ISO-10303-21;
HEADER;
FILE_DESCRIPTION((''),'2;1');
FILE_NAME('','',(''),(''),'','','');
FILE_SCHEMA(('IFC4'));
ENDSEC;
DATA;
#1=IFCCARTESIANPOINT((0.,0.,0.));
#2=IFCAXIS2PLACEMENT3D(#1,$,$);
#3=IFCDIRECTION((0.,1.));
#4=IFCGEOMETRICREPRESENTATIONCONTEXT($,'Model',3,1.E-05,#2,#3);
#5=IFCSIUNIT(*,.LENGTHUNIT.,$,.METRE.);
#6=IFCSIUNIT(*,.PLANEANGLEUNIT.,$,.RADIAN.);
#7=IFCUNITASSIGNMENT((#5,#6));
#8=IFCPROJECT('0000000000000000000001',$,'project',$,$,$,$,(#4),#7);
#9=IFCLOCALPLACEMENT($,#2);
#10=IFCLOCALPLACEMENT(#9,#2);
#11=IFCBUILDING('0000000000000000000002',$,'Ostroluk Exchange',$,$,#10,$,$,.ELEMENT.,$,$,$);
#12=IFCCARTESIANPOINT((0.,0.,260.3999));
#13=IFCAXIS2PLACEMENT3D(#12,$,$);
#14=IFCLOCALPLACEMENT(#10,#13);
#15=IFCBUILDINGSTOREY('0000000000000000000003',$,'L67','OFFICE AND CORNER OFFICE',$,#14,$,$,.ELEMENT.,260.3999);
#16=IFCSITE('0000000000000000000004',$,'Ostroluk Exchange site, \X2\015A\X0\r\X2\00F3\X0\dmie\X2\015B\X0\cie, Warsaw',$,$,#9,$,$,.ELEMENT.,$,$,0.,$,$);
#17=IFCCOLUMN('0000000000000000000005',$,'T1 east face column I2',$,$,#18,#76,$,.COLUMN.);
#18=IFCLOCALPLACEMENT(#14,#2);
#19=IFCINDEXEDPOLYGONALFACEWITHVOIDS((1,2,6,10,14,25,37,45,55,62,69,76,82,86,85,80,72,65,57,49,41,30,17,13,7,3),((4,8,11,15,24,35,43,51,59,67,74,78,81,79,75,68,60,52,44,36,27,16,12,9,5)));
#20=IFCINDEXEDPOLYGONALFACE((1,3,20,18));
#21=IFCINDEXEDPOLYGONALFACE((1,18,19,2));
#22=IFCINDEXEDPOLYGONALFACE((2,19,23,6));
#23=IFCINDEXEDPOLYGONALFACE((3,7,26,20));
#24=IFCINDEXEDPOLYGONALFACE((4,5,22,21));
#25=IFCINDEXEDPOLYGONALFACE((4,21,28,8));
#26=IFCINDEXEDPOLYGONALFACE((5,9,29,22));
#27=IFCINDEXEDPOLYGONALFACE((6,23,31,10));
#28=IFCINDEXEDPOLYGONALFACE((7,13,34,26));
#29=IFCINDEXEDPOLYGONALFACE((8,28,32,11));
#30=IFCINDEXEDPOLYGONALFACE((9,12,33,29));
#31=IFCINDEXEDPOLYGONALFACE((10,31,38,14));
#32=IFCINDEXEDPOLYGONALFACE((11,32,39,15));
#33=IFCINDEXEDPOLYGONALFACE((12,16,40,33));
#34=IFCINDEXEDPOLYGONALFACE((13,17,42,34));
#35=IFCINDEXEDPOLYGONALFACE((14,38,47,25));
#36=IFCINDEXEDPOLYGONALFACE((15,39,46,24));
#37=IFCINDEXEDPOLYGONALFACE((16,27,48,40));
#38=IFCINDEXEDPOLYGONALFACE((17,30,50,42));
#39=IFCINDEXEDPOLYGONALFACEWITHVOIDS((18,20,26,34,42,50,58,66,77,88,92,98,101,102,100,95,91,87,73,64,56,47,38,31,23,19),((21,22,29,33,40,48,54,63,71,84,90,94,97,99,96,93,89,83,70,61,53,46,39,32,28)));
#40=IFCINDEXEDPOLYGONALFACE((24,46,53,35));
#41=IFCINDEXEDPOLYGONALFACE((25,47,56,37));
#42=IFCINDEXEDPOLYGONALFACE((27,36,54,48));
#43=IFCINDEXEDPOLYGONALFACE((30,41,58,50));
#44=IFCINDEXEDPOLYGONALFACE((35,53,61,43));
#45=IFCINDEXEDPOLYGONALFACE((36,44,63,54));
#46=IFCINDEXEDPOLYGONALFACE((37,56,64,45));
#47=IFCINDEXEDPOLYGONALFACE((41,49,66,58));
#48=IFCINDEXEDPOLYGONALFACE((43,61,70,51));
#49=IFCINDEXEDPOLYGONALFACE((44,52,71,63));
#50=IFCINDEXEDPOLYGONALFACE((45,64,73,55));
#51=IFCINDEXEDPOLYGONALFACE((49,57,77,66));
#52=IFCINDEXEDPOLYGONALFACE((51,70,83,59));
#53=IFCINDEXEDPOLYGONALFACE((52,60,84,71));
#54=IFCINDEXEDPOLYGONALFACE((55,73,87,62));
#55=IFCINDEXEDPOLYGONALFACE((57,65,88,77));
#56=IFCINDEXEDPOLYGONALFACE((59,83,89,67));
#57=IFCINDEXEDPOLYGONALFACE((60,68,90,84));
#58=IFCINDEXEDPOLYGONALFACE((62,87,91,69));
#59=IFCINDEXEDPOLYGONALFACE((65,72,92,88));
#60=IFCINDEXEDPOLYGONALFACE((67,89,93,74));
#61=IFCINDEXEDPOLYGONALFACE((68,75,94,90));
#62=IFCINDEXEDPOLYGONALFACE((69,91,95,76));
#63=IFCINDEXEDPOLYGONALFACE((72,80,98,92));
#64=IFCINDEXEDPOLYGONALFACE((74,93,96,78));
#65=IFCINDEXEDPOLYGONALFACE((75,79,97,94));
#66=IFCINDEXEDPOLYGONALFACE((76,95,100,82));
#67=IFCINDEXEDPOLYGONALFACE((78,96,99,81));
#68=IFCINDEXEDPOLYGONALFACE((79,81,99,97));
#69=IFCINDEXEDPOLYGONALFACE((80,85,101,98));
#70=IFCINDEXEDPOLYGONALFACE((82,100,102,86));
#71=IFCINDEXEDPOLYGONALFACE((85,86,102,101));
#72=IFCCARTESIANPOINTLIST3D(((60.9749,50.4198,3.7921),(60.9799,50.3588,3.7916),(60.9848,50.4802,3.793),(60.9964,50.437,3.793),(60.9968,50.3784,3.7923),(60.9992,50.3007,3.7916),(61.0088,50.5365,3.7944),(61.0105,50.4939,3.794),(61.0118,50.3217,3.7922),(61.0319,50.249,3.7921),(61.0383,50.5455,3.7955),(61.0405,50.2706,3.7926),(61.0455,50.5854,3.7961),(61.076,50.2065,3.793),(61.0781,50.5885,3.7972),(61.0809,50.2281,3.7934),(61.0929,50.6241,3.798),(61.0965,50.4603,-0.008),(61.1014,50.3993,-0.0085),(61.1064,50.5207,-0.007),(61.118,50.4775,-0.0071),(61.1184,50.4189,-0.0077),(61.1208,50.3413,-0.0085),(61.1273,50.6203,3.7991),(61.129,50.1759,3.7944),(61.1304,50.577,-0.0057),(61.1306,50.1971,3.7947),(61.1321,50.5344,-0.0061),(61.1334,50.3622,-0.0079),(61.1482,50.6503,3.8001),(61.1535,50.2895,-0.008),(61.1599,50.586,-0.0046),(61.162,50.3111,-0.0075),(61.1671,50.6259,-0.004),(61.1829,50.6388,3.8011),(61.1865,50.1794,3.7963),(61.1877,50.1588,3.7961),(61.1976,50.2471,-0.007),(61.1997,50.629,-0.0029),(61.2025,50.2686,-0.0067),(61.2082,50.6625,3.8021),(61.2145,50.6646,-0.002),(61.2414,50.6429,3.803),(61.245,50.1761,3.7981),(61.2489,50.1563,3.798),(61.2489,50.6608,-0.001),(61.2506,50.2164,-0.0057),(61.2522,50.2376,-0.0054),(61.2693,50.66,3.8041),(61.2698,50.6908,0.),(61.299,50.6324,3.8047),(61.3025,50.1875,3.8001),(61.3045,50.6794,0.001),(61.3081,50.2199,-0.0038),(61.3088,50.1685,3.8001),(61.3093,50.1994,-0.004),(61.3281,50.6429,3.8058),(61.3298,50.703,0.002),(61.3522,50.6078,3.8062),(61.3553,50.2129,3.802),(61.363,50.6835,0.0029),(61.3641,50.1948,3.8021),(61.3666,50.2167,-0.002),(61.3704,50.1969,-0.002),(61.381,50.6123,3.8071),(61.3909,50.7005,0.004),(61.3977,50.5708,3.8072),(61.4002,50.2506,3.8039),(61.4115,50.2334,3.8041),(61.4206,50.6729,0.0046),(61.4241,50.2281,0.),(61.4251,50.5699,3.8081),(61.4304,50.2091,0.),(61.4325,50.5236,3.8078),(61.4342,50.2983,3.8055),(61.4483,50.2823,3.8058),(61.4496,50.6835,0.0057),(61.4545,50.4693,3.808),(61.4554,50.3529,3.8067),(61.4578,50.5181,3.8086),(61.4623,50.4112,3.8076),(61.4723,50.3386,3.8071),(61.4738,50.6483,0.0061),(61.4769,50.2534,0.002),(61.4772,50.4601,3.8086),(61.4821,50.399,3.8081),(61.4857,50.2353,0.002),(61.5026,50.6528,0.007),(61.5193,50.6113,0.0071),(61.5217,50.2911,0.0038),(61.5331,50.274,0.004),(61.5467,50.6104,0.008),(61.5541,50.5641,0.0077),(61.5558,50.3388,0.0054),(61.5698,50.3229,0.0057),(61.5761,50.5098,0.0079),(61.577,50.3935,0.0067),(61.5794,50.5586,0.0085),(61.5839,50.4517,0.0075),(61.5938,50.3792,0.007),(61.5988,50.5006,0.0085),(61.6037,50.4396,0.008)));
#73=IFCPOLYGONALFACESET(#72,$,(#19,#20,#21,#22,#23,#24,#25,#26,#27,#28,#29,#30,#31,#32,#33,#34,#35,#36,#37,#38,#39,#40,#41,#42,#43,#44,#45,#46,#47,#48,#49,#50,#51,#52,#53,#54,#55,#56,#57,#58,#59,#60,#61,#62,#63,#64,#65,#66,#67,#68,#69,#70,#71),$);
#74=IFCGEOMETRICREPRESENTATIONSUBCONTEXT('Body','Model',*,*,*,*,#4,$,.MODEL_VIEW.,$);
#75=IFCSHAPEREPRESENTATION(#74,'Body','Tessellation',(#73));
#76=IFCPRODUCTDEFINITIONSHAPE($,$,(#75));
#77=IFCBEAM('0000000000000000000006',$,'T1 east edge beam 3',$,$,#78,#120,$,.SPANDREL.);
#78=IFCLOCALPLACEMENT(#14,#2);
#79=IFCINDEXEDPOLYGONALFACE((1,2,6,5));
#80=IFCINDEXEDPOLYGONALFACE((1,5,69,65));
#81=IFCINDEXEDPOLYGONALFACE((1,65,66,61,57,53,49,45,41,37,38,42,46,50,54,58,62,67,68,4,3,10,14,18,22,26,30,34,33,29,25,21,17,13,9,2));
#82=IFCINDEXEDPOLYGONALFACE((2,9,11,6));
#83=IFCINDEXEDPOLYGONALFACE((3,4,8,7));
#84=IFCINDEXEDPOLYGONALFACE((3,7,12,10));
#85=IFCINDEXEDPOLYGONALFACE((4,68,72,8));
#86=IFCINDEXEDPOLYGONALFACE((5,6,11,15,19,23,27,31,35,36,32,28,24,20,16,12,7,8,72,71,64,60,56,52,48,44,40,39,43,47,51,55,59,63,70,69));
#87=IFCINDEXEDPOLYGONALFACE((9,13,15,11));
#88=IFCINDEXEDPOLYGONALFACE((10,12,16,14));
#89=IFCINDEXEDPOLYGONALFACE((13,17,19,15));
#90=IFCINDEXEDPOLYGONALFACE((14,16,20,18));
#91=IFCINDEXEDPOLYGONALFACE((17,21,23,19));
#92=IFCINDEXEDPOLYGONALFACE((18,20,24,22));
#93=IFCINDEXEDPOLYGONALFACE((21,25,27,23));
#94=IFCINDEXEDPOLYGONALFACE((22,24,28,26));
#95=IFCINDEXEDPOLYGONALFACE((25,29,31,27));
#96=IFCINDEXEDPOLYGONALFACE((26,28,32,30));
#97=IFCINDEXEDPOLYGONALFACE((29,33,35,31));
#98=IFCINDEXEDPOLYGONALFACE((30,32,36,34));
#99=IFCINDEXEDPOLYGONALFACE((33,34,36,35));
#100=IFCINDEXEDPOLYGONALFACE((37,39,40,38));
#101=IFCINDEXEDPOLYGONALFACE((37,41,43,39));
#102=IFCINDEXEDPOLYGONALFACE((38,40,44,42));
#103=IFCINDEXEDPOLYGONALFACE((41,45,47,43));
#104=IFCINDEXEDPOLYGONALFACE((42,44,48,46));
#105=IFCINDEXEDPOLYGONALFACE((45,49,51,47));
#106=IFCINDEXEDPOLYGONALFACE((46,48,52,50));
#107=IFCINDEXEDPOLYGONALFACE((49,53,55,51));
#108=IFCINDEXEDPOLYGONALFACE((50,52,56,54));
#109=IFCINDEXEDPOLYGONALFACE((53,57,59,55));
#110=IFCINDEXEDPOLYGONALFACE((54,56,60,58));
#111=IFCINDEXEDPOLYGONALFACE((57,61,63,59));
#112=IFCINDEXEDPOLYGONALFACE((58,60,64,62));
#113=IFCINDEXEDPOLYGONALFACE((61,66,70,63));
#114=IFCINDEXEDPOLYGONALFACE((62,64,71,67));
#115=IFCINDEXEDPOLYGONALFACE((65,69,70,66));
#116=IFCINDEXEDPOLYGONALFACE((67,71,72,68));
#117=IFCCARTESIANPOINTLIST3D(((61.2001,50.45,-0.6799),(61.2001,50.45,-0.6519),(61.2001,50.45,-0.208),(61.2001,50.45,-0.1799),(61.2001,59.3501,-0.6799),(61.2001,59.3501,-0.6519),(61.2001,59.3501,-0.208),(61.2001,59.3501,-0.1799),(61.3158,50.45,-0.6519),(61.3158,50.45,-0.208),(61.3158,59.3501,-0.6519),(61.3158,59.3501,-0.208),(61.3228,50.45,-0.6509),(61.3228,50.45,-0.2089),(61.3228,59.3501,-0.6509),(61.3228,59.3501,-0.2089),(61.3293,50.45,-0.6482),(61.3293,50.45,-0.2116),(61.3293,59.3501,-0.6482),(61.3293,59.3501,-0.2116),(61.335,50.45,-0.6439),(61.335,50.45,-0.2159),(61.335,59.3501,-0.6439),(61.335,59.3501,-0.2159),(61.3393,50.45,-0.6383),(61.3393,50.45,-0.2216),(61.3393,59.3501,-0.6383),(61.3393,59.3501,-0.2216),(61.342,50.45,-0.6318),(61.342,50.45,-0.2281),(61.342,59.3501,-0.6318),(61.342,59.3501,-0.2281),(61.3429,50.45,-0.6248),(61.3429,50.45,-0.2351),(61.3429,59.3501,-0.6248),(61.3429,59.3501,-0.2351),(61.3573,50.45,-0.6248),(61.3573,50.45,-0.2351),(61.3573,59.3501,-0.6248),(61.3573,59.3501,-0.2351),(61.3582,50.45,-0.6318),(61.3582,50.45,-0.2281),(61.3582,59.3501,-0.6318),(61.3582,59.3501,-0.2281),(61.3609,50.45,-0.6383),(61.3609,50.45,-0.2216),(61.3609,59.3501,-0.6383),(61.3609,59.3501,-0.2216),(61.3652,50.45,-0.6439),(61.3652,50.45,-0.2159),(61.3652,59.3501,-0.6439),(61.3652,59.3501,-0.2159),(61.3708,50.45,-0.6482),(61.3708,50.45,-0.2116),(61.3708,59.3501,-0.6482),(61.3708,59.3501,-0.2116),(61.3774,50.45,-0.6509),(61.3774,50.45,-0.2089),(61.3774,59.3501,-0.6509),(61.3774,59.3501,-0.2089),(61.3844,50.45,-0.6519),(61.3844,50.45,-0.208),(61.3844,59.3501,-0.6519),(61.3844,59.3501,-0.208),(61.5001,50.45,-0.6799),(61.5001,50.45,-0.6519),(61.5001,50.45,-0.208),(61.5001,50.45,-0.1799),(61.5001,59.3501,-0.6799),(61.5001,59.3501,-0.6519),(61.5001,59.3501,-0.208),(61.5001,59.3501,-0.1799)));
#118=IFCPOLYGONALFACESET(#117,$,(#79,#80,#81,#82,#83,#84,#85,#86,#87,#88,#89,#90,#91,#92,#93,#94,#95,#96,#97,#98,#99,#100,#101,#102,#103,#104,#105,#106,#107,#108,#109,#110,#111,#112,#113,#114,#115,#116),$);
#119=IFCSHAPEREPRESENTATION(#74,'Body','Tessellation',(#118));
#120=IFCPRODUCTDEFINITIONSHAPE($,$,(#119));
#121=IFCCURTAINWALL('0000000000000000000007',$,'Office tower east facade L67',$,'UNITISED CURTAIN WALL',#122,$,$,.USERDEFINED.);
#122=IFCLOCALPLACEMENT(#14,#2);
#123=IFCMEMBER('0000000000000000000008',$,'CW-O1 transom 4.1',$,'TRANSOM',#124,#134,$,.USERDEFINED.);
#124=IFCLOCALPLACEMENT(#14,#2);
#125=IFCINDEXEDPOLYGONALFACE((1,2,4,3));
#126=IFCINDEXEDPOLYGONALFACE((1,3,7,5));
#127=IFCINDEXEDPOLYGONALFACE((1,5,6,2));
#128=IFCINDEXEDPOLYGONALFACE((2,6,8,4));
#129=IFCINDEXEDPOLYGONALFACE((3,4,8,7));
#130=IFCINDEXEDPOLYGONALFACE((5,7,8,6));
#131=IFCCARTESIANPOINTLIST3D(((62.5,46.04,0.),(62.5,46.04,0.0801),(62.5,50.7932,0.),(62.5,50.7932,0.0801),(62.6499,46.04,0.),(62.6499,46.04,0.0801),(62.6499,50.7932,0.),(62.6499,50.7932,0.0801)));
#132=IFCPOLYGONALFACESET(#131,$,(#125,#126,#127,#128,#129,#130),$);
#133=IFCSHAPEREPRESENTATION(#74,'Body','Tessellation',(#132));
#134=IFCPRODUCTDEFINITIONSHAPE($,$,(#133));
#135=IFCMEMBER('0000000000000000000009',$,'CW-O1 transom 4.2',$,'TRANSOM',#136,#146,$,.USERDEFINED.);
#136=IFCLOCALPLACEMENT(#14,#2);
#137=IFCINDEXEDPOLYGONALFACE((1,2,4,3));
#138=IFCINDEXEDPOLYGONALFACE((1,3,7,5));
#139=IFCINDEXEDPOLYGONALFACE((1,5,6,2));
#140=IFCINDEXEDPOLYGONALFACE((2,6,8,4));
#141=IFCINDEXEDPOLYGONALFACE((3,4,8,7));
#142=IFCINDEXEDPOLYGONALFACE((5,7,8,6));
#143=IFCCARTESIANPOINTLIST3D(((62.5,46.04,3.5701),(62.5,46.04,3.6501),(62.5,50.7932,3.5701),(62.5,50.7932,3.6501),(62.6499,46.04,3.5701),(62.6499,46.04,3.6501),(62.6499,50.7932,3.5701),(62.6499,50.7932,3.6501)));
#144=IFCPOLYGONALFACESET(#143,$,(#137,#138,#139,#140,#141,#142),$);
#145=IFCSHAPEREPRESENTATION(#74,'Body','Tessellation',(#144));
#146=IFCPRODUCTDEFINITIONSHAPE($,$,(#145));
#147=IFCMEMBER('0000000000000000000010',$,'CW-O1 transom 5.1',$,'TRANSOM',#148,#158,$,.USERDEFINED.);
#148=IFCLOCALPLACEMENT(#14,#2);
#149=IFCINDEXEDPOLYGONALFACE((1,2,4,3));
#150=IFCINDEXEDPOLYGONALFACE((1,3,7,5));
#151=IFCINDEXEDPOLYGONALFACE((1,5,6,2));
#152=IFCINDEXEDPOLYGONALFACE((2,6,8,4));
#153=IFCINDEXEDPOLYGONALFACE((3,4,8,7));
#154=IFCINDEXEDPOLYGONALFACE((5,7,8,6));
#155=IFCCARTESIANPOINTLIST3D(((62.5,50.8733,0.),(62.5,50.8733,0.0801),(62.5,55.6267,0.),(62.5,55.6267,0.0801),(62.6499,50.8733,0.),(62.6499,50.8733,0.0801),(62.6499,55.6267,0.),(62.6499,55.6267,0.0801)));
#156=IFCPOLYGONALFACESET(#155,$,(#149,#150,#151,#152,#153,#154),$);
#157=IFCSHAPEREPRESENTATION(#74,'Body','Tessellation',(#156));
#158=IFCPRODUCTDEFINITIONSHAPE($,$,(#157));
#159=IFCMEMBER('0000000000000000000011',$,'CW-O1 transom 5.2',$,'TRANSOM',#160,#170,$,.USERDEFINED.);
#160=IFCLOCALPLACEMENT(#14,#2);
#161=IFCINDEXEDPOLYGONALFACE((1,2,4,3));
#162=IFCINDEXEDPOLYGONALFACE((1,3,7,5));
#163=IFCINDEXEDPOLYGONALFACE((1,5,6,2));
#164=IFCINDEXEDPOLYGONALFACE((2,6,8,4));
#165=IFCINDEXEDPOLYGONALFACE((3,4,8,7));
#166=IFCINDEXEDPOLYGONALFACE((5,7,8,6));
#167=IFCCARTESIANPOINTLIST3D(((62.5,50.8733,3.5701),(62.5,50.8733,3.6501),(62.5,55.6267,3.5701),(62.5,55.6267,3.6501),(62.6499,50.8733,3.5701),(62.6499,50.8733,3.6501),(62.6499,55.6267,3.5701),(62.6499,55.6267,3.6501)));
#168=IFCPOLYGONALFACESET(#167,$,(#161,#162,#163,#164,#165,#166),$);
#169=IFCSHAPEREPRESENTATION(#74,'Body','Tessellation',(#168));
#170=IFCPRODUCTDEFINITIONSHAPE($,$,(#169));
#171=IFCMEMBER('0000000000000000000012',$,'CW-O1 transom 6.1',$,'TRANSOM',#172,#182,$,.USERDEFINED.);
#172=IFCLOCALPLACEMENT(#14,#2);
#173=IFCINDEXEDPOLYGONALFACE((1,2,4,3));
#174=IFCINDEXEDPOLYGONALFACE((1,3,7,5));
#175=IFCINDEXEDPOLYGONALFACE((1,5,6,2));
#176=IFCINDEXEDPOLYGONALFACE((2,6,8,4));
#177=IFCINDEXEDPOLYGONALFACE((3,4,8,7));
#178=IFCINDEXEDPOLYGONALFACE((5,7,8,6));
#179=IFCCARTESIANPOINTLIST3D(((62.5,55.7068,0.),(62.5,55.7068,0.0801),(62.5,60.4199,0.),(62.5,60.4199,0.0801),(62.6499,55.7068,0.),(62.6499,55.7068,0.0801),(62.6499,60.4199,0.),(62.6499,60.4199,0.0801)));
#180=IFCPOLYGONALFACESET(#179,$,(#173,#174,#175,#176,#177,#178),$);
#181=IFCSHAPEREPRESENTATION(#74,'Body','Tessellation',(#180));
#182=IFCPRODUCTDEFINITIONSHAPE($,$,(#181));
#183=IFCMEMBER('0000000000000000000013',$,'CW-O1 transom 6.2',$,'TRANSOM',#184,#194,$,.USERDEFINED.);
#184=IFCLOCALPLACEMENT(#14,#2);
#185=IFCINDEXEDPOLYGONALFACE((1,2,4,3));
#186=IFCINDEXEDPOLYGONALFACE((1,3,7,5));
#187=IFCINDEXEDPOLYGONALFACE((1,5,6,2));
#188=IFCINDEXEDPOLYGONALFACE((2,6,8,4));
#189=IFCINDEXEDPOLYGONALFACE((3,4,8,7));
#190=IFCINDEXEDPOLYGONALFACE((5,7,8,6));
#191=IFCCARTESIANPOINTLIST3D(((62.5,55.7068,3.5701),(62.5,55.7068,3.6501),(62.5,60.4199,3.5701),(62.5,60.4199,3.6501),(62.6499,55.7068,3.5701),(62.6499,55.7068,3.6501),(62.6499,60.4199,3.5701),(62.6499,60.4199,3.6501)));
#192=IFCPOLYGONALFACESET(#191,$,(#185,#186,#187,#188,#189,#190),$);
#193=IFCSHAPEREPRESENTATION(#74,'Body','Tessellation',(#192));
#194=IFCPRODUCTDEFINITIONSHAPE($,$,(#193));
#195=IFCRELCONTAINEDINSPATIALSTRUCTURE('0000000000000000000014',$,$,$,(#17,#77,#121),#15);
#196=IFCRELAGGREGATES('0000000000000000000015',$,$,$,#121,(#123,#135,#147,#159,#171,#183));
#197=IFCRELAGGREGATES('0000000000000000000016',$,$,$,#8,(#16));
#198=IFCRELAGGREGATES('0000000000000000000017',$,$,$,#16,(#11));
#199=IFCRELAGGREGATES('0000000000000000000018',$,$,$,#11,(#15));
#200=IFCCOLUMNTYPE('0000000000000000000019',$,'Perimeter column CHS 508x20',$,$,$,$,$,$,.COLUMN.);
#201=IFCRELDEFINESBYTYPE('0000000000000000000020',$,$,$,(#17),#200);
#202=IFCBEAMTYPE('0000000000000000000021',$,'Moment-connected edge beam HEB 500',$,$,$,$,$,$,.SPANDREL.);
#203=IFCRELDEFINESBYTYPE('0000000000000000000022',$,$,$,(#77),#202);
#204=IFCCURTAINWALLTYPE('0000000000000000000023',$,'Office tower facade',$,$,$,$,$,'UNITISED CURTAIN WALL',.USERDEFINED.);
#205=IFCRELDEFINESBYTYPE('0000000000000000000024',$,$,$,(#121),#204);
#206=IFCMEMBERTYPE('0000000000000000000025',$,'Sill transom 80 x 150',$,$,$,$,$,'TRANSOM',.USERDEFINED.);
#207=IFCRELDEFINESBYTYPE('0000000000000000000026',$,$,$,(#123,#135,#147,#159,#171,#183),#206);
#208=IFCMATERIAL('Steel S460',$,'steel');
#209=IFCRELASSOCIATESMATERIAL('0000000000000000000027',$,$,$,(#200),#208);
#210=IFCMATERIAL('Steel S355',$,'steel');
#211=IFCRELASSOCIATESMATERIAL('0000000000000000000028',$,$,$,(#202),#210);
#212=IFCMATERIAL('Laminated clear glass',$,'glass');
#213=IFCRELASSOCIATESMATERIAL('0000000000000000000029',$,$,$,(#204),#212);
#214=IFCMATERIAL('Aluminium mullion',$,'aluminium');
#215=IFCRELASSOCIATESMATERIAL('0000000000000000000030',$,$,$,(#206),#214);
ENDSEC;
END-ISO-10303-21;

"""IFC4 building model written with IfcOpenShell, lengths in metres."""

from ifc_helpers import new_model, si_unit, direction, frame, origin, origin_2d, place, context, subcontext, project, spatial, rectangle, hollow_circle, i_section, extrude, material, material_profile, profile_set, type_object, element, aggregate, save


model = new_model("IFC4")

# Units and contexts
model_context = context("Model", 3, precision=1e-05, world=origin(), true_north=direction((0.0, 1.0)))
body_context = subcontext(model_context, "Body", "Model", "MODEL_VIEW")
ifc_project = project(units=[si_unit("LENGTHUNIT", "METRE"), si_unit("PLANEANGLEUNIT", "RADIAN")], contexts=[model_context])

# Site, building, storey
site_placement = place(None, origin())
site = spatial("IfcSite", under=ifc_project, at=site_placement, Name="Ostroluk Exchange site, Śródmieście, Warsaw", CompositionType="ELEMENT", RefElevation=0.0)
building_placement = place(site_placement, origin())
building = spatial("IfcBuilding", under=site, at=building_placement, Name="Ostroluk Exchange", CompositionType="ELEMENT")
storey_placement = place(building_placement, frame((0.0, 0.0, 260.3999)))
storey = spatial("IfcBuildingStorey", under=building, at=storey_placement, Name="L67", Description="OFFICE AND CORNER OFFICE", CompositionType="ELEMENT", Elevation=260.3999)

# Column
ifc_material_1 = material(Name="Steel S460", Category="steel")
ifc_material_profile_1 = material_profile(ifc_material_1, hollow_circle(Radius=0.2539, WallThickness=0.02, at=origin_2d()), Name="CHS 508x20")
ifc_profile_set_1 = profile_set([ifc_material_profile_1], Name="Steel S460")
column_type = type_object("IfcColumnType", Name="Perimeter column CHS 508x20", PredefinedType="COLUMN", material=ifc_profile_set_1)
column_placement = place(storey_placement, frame((61.3501, 50.45, 0.0), z_axis=(-0.031977, -0.010659, 0.999432), x_axis=(0.316228, -0.948683, 0.0)))
element("IfcColumn", 1, at=column_placement, inside=storey, type_object=column_type, Name="T1 east face column I2", PredefinedType="COLUMN", context=body_context, shape_type="SweptSolid", body=[
    extrude(hollow_circle(Radius=0.2539, WallThickness=0.02, at=origin_2d()), origin(), (0.0, 0.0, 1.0), 3.8022),
])

# Beam
ifc_material_2 = material(Name="Steel S355", Category="steel")
ifc_material_profile_2 = material_profile(ifc_material_2, i_section(OverallWidth=0.3, OverallDepth=0.5, WebThickness=0.0144, FlangeThickness=0.0281, FilletRadius=0.0271, at=origin_2d()), Name="HEB 500")
ifc_profile_set_2 = profile_set([ifc_material_profile_2], Name="Steel S355")
beam_type = type_object("IfcBeamType", Name="Moment-connected edge beam HEB 500", PredefinedType="SPANDREL", material=ifc_profile_set_2)
beam_placement = place(storey_placement, frame((61.3501, 50.45, -0.4299), z_axis=(0.0, 1.0, 0.0), x_axis=(-1.0, 0.0, 0.0)))
element("IfcBeam", 2, at=beam_placement, inside=storey, type_object=beam_type, Name="T1 east edge beam 3", PredefinedType="SPANDREL", context=body_context, shape_type="SweptSolid", body=[
    extrude(i_section(OverallWidth=0.3, OverallDepth=0.5, WebThickness=0.0144, FlangeThickness=0.0281, FilletRadius=0.0271, at=origin_2d()), origin(), (0.0, 0.0, 1.0), 8.9001),
])

# Curtain wall, members
ifc_material_3 = material(Name="Laminated clear glass", Category="glass")
curtain_wall_type = type_object("IfcCurtainWallType", Name="Office tower facade", ElementType="UNITISED CURTAIN WALL", PredefinedType="USERDEFINED", material=ifc_material_3)
curtain_wall_placement = place(storey_placement, origin())
curtain_wall = element("IfcCurtainWall", 3, at=curtain_wall_placement, inside=storey, type_object=curtain_wall_type, Name="Office tower east facade L67", ObjectType="UNITISED CURTAIN WALL", PredefinedType="USERDEFINED")
ifc_material_4 = material(Name="Aluminium mullion", Category="aluminium")
ifc_material_profile_3 = material_profile(ifc_material_4, rectangle(XDim=0.1499, YDim=0.0801, at=origin_2d()), Name="Sill transom 80 x 150")
ifc_profile_set_3 = profile_set([ifc_material_profile_3], Name="Aluminium mullion")
member_type_1 = type_object("IfcMemberType", Name="Sill transom 80 x 150", ElementType="TRANSOM", PredefinedType="USERDEFINED", material=ifc_profile_set_3)
member_1_placement = place(storey_placement, frame((62.575, 46.04, 0.04), z_axis=(0.0, 1.0, 0.0), x_axis=(-1.0, 0.0, 0.0)))
member_1 = element("IfcMember", 4, at=member_1_placement, type_object=member_type_1, Name="CW-O1 transom 4.1", ObjectType="TRANSOM", PredefinedType="USERDEFINED", context=body_context, shape_type="SweptSolid", body=[
    extrude(rectangle(XDim=0.1499, YDim=0.0801, at=origin_2d()), origin(), (0.0, 0.0, 1.0), 4.7532),
])
member_2_placement = place(storey_placement, frame((62.575, 46.04, 3.6101), z_axis=(0.0, 1.0, 0.0), x_axis=(-1.0, 0.0, 0.0)))
member_2 = element("IfcMember", 5, at=member_2_placement, type_object=member_type_1, Name="CW-O1 transom 4.2", ObjectType="TRANSOM", PredefinedType="USERDEFINED", context=body_context, shape_type="SweptSolid", body=[
    extrude(rectangle(XDim=0.1499, YDim=0.0801, at=origin_2d()), origin(), (0.0, 0.0, 1.0), 4.7532),
])
member_3_placement = place(storey_placement, frame((62.575, 50.8733, 0.04), z_axis=(0.0, 1.0, 0.0), x_axis=(-1.0, 0.0, 0.0)))
member_3 = element("IfcMember", 6, at=member_3_placement, type_object=member_type_1, Name="CW-O1 transom 5.1", ObjectType="TRANSOM", PredefinedType="USERDEFINED", context=body_context, shape_type="SweptSolid", body=[
    extrude(rectangle(XDim=0.1499, YDim=0.0801, at=origin_2d()), origin(), (0.0, 0.0, 1.0), 4.7534),
])
member_4_placement = place(storey_placement, frame((62.575, 50.8733, 3.6101), z_axis=(0.0, 1.0, 0.0), x_axis=(-1.0, 0.0, 0.0)))
member_4 = element("IfcMember", 7, at=member_4_placement, type_object=member_type_1, Name="CW-O1 transom 5.2", ObjectType="TRANSOM", PredefinedType="USERDEFINED", context=body_context, shape_type="SweptSolid", body=[
    extrude(rectangle(XDim=0.1499, YDim=0.0801, at=origin_2d()), origin(), (0.0, 0.0, 1.0), 4.7534),
])
member_5_placement = place(storey_placement, frame((62.575, 55.7068, 0.04), z_axis=(0.0, 1.0, 0.0), x_axis=(-1.0, 0.0, 0.0)))
member_5 = element("IfcMember", 8, at=member_5_placement, type_object=member_type_1, Name="CW-O1 transom 6.1", ObjectType="TRANSOM", PredefinedType="USERDEFINED", context=body_context, shape_type="SweptSolid", body=[
    extrude(rectangle(XDim=0.1499, YDim=0.0801, at=origin_2d()), origin(), (0.0, 0.0, 1.0), 4.7131),
])
member_6_placement = place(storey_placement, frame((62.575, 55.7068, 3.6101), z_axis=(0.0, 1.0, 0.0), x_axis=(-1.0, 0.0, 0.0)))
member_6 = element("IfcMember", 9, at=member_6_placement, type_object=member_type_1, Name="CW-O1 transom 6.2", ObjectType="TRANSOM", PredefinedType="USERDEFINED", context=body_context, shape_type="SweptSolid", body=[
    extrude(rectangle(XDim=0.1499, YDim=0.0801, at=origin_2d()), origin(), (0.0, 0.0, 1.0), 4.7131),
])
aggregate(curtain_wall, [member_1, member_2, member_3, member_4, member_5, member_6])

save(model, "model.ifc")
